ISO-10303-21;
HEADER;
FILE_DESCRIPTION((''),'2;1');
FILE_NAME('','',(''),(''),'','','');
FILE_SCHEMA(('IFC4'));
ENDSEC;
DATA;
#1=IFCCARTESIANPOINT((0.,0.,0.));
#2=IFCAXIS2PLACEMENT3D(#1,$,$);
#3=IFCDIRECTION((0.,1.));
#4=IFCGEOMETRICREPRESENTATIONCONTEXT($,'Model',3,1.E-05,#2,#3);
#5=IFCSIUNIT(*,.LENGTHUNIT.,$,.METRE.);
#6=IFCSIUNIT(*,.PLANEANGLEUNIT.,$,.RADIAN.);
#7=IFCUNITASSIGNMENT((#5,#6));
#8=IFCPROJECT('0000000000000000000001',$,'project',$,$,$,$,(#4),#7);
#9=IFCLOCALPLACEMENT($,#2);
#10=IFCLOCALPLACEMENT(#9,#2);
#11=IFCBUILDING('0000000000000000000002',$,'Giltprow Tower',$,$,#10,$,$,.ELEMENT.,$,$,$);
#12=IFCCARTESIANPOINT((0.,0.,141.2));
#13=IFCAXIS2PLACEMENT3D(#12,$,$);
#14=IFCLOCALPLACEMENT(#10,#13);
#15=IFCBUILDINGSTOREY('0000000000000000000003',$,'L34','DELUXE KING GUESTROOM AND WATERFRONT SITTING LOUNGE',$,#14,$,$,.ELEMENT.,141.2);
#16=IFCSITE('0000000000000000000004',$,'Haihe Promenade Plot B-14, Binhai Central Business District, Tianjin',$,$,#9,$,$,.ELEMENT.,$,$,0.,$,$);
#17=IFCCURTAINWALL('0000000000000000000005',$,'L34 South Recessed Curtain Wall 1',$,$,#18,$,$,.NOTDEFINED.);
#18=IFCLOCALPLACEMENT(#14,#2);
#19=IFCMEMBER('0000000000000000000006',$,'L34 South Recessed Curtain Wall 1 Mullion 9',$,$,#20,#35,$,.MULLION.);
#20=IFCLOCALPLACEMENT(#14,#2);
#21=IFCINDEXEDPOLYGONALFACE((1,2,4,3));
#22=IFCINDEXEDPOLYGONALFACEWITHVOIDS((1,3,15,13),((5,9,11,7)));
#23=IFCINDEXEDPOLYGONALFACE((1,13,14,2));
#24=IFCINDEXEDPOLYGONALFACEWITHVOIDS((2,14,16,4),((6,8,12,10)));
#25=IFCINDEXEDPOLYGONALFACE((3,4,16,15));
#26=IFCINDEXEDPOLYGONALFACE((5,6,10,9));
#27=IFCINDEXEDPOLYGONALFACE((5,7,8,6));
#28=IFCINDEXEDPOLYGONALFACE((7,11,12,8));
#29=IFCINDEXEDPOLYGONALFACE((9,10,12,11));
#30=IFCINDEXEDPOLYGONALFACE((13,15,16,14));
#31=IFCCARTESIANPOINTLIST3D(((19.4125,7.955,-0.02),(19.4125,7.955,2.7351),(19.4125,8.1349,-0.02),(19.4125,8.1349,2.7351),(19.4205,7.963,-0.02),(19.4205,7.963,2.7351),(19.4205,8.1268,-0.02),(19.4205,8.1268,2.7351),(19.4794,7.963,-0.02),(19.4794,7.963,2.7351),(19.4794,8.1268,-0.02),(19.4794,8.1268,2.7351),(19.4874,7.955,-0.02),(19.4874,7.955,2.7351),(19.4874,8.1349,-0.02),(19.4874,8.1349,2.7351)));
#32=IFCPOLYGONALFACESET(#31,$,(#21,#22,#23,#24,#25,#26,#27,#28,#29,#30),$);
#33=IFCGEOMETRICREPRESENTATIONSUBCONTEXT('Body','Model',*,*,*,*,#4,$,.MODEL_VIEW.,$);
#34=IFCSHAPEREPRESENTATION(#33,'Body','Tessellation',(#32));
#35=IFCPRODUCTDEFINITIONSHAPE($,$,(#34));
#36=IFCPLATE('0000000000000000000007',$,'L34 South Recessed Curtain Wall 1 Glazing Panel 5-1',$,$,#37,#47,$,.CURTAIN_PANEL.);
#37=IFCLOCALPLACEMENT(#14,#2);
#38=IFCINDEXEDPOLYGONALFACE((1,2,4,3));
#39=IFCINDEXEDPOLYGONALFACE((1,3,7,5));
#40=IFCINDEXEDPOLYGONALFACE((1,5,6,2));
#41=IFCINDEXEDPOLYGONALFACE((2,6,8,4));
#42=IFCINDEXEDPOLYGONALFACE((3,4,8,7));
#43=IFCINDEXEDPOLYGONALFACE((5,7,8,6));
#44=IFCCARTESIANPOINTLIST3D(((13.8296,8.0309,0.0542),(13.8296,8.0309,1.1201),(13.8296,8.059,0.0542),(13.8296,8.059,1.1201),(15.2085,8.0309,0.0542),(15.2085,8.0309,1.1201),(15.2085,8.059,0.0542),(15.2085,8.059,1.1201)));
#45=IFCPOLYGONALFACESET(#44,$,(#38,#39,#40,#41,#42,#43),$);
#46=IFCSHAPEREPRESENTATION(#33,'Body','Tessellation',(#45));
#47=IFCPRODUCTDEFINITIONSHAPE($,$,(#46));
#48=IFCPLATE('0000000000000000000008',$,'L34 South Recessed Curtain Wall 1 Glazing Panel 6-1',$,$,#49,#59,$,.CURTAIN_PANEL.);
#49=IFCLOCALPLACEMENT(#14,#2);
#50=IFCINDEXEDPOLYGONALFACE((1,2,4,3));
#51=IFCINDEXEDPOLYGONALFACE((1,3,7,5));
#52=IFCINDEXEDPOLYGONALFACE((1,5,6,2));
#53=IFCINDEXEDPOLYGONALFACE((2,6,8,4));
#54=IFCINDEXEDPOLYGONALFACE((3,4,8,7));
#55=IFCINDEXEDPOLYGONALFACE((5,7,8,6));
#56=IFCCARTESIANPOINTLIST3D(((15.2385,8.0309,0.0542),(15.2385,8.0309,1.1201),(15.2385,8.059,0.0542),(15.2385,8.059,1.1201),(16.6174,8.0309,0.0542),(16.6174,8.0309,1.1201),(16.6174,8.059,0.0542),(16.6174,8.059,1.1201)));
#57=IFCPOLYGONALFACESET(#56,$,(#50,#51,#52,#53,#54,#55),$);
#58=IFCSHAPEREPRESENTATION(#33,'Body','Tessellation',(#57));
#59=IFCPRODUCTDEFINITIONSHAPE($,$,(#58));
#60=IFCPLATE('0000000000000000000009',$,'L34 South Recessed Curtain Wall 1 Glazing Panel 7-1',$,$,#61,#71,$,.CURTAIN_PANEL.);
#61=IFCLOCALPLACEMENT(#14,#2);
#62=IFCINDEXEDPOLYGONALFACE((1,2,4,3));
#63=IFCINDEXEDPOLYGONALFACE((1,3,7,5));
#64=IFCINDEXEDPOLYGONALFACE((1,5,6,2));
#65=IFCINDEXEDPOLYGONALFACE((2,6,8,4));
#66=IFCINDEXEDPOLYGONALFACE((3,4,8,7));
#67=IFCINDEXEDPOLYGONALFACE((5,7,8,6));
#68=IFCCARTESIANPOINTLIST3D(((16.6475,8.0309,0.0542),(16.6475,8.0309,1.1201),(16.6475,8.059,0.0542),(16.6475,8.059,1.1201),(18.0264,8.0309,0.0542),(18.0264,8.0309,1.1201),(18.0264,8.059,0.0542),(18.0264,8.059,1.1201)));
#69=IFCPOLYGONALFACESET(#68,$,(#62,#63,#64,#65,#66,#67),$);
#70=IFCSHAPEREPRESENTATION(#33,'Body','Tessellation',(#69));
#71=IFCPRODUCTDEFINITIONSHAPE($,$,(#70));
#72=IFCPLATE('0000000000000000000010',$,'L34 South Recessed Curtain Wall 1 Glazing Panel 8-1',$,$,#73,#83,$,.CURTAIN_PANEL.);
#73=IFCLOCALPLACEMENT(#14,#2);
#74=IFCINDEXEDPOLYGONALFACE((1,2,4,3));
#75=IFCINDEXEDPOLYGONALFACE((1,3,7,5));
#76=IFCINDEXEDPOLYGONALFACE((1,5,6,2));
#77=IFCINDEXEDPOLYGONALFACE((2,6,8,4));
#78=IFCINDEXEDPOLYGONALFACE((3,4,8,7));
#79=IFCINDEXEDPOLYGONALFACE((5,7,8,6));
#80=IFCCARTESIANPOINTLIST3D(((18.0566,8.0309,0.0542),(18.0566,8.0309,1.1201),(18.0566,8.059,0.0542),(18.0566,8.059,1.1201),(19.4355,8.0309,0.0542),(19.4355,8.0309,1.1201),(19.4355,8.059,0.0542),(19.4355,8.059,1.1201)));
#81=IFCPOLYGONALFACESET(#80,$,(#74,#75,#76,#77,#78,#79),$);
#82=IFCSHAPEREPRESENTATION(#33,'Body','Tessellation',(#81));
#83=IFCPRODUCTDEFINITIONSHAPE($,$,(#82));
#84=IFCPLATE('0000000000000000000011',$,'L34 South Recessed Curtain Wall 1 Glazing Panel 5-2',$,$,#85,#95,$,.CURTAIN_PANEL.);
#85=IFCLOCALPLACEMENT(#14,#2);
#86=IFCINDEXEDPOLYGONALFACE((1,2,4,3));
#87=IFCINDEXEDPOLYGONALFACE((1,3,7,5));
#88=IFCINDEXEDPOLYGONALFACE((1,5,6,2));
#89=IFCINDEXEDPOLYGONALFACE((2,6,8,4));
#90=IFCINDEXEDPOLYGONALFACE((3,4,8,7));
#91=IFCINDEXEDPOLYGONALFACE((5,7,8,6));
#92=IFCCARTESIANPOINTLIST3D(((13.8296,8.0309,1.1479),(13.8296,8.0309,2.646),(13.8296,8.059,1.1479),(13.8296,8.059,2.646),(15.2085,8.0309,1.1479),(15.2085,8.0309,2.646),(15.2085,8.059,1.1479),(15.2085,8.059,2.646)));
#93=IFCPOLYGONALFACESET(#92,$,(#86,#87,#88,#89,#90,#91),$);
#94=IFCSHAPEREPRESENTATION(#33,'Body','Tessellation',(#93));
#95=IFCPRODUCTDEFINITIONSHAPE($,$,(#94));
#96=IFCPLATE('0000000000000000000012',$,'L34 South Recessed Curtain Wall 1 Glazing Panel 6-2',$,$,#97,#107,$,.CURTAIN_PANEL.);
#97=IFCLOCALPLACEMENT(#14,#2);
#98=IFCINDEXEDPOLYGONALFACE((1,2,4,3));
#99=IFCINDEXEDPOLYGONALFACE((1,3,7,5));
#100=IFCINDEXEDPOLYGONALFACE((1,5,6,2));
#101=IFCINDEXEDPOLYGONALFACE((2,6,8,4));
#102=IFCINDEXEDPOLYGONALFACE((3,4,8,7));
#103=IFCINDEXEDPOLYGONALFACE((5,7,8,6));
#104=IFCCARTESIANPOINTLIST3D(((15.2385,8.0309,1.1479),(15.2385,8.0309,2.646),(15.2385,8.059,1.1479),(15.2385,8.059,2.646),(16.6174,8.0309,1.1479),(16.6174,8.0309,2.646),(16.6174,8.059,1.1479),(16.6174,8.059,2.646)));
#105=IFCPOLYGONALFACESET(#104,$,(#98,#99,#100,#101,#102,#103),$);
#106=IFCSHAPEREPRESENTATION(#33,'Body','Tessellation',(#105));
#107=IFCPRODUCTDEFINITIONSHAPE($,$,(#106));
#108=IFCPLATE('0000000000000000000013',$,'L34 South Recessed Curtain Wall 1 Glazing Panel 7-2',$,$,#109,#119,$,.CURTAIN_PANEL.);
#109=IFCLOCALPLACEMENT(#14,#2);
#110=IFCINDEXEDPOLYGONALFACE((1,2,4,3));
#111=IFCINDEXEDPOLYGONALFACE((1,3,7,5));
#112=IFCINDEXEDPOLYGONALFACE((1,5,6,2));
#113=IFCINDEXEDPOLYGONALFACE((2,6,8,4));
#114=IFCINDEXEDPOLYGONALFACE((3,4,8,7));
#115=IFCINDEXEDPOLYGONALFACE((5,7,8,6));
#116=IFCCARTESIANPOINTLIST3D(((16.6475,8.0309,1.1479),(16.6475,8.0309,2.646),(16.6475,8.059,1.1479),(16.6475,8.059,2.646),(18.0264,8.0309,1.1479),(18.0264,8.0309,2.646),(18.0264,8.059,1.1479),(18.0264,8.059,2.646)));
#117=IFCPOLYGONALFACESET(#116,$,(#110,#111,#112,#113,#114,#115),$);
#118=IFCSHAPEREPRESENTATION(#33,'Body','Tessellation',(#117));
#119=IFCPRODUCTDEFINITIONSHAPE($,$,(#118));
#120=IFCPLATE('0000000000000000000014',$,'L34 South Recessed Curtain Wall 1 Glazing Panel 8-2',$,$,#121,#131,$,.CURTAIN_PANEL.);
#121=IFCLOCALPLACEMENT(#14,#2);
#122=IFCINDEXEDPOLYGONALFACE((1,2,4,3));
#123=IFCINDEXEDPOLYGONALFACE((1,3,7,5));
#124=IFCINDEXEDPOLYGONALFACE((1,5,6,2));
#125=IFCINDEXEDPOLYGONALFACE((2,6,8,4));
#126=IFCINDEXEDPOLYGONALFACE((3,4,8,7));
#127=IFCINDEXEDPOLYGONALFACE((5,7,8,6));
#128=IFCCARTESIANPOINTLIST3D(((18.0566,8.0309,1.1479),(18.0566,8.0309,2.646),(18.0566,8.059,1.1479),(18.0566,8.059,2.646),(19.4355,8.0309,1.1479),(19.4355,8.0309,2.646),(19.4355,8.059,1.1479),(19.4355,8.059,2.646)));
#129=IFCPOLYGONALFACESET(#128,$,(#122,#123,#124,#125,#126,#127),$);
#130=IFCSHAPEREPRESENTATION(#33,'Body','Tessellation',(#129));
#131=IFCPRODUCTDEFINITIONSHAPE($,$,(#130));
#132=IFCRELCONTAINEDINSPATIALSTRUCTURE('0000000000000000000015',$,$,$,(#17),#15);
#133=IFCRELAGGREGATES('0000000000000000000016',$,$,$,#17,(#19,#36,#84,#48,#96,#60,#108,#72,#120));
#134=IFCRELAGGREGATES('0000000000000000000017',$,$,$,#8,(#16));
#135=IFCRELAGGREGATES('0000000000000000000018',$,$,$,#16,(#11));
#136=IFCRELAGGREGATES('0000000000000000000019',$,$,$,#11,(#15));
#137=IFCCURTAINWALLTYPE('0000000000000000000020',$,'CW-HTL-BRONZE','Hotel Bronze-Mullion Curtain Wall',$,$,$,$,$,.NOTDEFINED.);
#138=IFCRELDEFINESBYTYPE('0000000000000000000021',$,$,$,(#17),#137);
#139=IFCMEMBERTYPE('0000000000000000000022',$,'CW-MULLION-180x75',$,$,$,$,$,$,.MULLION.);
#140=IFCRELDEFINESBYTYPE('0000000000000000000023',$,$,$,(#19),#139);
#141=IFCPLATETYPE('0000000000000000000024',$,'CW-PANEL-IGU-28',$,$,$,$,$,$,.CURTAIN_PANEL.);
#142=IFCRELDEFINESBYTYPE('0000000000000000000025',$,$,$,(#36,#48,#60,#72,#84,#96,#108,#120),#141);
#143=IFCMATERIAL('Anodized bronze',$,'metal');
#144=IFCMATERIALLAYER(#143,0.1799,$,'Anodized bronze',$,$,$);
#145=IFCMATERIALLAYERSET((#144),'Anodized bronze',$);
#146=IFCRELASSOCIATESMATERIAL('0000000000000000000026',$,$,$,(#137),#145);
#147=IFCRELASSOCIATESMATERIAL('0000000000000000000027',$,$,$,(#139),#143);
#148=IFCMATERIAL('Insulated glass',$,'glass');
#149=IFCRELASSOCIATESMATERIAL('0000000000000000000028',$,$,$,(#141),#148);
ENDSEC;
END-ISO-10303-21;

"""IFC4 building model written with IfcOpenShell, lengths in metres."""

from ifc_helpers import new_model, si_unit, direction, frame, origin, origin_2d, place, context, subcontext, project, spatial, rectangle, hollow_rectangle, extrude, source, transform, mapped, material, layer, layer_set, material_profile, profile_set, type_object, element, aggregate, save


model = new_model("IFC4")

# Units and contexts
model_context = context("Model", 3, precision=1e-05, world=origin(), true_north=direction((0.0, 1.0)))
body_context = subcontext(model_context, "Body", "Model", "MODEL_VIEW")
ifc_project = project(units=[si_unit("LENGTHUNIT", "METRE"), si_unit("PLANEANGLEUNIT", "RADIAN")], contexts=[model_context])

# Site, building, storey
site_placement = place(None, origin())
site = spatial("IfcSite", under=ifc_project, at=site_placement, Name="Haihe Promenade Plot B-14, Binhai Central Business District, Tianjin", CompositionType="ELEMENT", RefElevation=0.0)
building_placement = place(site_placement, origin())
building = spatial("IfcBuilding", under=site, at=building_placement, Name="Giltprow Tower", CompositionType="ELEMENT")
storey_placement = place(building_placement, frame((0.0, 0.0, 141.2)))
storey = spatial("IfcBuildingStorey", under=building, at=storey_placement, Name="L34", Description="DELUXE KING GUESTROOM AND WATERFRONT SITTING LOUNGE", CompositionType="ELEMENT", Elevation=141.2)

# Curtain wall, member, plates
ifc_material_1 = material(Name="Anodized bronze", Category="metal")
ifc_layer = layer(ifc_material_1, 0.1799, Name="Anodized bronze")
ifc_layer_set = layer_set([ifc_layer], Name="Anodized bronze")
curtain_wall_type = type_object("IfcCurtainWallType", Name="CW-HTL-BRONZE", Description="Hotel Bronze-Mullion Curtain Wall", PredefinedType="NOTDEFINED", material=ifc_layer_set)
curtain_wall_placement = place(storey_placement, origin())
curtain_wall = element("IfcCurtainWall", 1, at=curtain_wall_placement, inside=storey, type_object=curtain_wall_type, Name="L34 South Recessed Curtain Wall 1", PredefinedType="NOTDEFINED")
ifc_material_profile_1 = material_profile(ifc_material_1, hollow_rectangle(XDim=0.075, YDim=0.1799, WallThickness=0.0081, at=origin_2d()), Name="RHS 180x75x8")
ifc_profile_set_1 = profile_set([ifc_material_profile_1], Name="Anodized bronze")
member_type = type_object("IfcMemberType", Name="CW-MULLION-180x75", PredefinedType="MULLION", material=ifc_profile_set_1)
shared_shape_1 = source(origin(), body_context, "Body", "SweptSolid", [
    extrude(hollow_rectangle(XDim=0.075, YDim=0.1799, WallThickness=0.0081, at=origin_2d()), origin(), (0.0, 0.0, 1.0), 2.7551),
])
member_1_placement = place(storey_placement, frame((19.45, 8.0449, -0.02), z_axis=(0.0, 0.0, 1.0), x_axis=(1.0, 0.0, 0.0)))
member_1 = element("IfcMember", 2, at=member_1_placement, type_object=member_type, Name="L34 South Recessed Curtain Wall 1 Mullion 9", PredefinedType="MULLION", context=body_context, shape_type="MappedRepresentation", body=[
    mapped(shared_shape_1, transform((0.0, 0.0, 0.0), x_axis=(1.0, 0.0, 0.0), y_axis=(0.0, 1.0, 0.0), z_axis=(0.0, 0.0, 1.0), scale=1.0)),
])
ifc_material_2 = material(Name="Insulated glass", Category="glass")
plate_type = type_object("IfcPlateType", Name="CW-PANEL-IGU-28", PredefinedType="CURTAIN_PANEL", material=ifc_material_2)
shared_shape_2 = source(origin(), body_context, "Body", "SweptSolid", [
    extrude(rectangle(XDim=1.3789, YDim=0.0281, at=origin_2d()), origin(), (0.0, 0.0, 1.0), 1.0659),
])
plate_1_placement = place(storey_placement, frame((14.519, 8.0449, 0.0542), z_axis=(0.0, 0.0, 1.0), x_axis=(1.0, 0.0, 0.0)))
plate_1 = element("IfcPlate", 3, at=plate_1_placement, type_object=plate_type, Name="L34 South Recessed Curtain Wall 1 Glazing Panel 5-1", PredefinedType="CURTAIN_PANEL", context=body_context, shape_type="MappedRepresentation", body=[
    mapped(shared_shape_2, transform((0.0, 0.0, 0.0), x_axis=(1.0, 0.0, 0.0), y_axis=(0.0, 1.0, 0.0), z_axis=(0.0, 0.0, 1.0), scale=1.0)),
])
plate_2_placement = place(storey_placement, frame((15.928, 8.0449, 0.0542), z_axis=(0.0, 0.0, 1.0), x_axis=(1.0, 0.0, 0.0)))
plate_2 = element("IfcPlate", 4, at=plate_2_placement, type_object=plate_type, Name="L34 South Recessed Curtain Wall 1 Glazing Panel 6-1", PredefinedType="CURTAIN_PANEL", context=body_context, shape_type="MappedRepresentation", body=[
    mapped(shared_shape_2, transform((0.0, 0.0, 0.0), x_axis=(1.0, 0.0, 0.0), y_axis=(0.0, 1.0, 0.0), z_axis=(0.0, 0.0, 1.0), scale=1.0)),
])
plate_3_placement = place(storey_placement, frame((17.3369, 8.0449, 0.0542), z_axis=(0.0, 0.0, 1.0), x_axis=(1.0, 0.0, 0.0)))
plate_3 = element("IfcPlate", 5, at=plate_3_placement, type_object=plate_type, Name="L34 South Recessed Curtain Wall 1 Glazing Panel 7-1", PredefinedType="CURTAIN_PANEL", context=body_context, shape_type="MappedRepresentation", body=[
    mapped(shared_shape_2, transform((0.0, 0.0, 0.0), x_axis=(1.0, 0.0, 0.0), y_axis=(0.0, 1.0, 0.0), z_axis=(0.0, 0.0, 1.0), scale=1.0)),
])
plate_4_placement = place(storey_placement, frame((18.7461, 8.0449, 0.0542), z_axis=(0.0, 0.0, 1.0), x_axis=(1.0, 0.0, 0.0)))
plate_4 = element("IfcPlate", 6, at=plate_4_placement, type_object=plate_type, Name="L34 South Recessed Curtain Wall 1 Glazing Panel 8-1", PredefinedType="CURTAIN_PANEL", context=body_context, shape_type="MappedRepresentation", body=[
    mapped(shared_shape_2, transform((0.0, 0.0, 0.0), x_axis=(1.0, 0.0, 0.0), y_axis=(0.0, 1.0, 0.0), z_axis=(0.0, 0.0, 1.0), scale=1.0)),
])
shared_shape_3 = source(origin(), body_context, "Body", "SweptSolid", [
    extrude(rectangle(XDim=1.3789, YDim=0.0281, at=origin_2d()), origin(), (0.0, 0.0, 1.0), 1.498),
])
plate_5_placement = place(storey_placement, frame((14.519, 8.0449, 1.1479), z_axis=(0.0, 0.0, 1.0), x_axis=(1.0, 0.0, 0.0)))
plate_5 = element("IfcPlate", 7, at=plate_5_placement, type_object=plate_type, Name="L34 South Recessed Curtain Wall 1 Glazing Panel 5-2", PredefinedType="CURTAIN_PANEL", context=body_context, shape_type="MappedRepresentation", body=[
    mapped(shared_shape_3, transform((0.0, 0.0, 0.0), x_axis=(1.0, 0.0, 0.0), y_axis=(0.0, 1.0, 0.0), z_axis=(0.0, 0.0, 1.0), scale=1.0)),
])
plate_6_placement = place(storey_placement, frame((15.928, 8.0449, 1.1479), z_axis=(0.0, 0.0, 1.0), x_axis=(1.0, 0.0, 0.0)))
plate_6 = element("IfcPlate", 8, at=plate_6_placement, type_object=plate_type, Name="L34 South Recessed Curtain Wall 1 Glazing Panel 6-2", PredefinedType="CURTAIN_PANEL", context=body_context, shape_type="MappedRepresentation", body=[
    mapped(shared_shape_3, transform((0.0, 0.0, 0.0), x_axis=(1.0, 0.0, 0.0), y_axis=(0.0, 1.0, 0.0), z_axis=(0.0, 0.0, 1.0), scale=1.0)),
])
plate_7_placement = place(storey_placement, frame((17.3369, 8.0449, 1.1479), z_axis=(0.0, 0.0, 1.0), x_axis=(1.0, 0.0, 0.0)))
plate_7 = element("IfcPlate", 9, at=plate_7_placement, type_object=plate_type, Name="L34 South Recessed Curtain Wall 1 Glazing Panel 7-2", PredefinedType="CURTAIN_PANEL", context=body_context, shape_type="MappedRepresentation", body=[
    mapped(shared_shape_3, transform((0.0, 0.0, 0.0), x_axis=(1.0, 0.0, 0.0), y_axis=(0.0, 1.0, 0.0), z_axis=(0.0, 0.0, 1.0), scale=1.0)),
])
plate_8_placement = place(storey_placement, frame((18.7461, 8.0449, 1.1479), z_axis=(0.0, 0.0, 1.0), x_axis=(1.0, 0.0, 0.0)))
plate_8 = element("IfcPlate", 10, at=plate_8_placement, type_object=plate_type, Name="L34 South Recessed Curtain Wall 1 Glazing Panel 8-2", PredefinedType="CURTAIN_PANEL", context=body_context, shape_type="MappedRepresentation", body=[
    mapped(shared_shape_3, transform((0.0, 0.0, 0.0), x_axis=(1.0, 0.0, 0.0), y_axis=(0.0, 1.0, 0.0), z_axis=(0.0, 0.0, 1.0), scale=1.0)),
])
aggregate(curtain_wall, [member_1, plate_1, plate_5, plate_2, plate_6, plate_3, plate_7, plate_4, plate_8])

save(model, "model.ifc")
